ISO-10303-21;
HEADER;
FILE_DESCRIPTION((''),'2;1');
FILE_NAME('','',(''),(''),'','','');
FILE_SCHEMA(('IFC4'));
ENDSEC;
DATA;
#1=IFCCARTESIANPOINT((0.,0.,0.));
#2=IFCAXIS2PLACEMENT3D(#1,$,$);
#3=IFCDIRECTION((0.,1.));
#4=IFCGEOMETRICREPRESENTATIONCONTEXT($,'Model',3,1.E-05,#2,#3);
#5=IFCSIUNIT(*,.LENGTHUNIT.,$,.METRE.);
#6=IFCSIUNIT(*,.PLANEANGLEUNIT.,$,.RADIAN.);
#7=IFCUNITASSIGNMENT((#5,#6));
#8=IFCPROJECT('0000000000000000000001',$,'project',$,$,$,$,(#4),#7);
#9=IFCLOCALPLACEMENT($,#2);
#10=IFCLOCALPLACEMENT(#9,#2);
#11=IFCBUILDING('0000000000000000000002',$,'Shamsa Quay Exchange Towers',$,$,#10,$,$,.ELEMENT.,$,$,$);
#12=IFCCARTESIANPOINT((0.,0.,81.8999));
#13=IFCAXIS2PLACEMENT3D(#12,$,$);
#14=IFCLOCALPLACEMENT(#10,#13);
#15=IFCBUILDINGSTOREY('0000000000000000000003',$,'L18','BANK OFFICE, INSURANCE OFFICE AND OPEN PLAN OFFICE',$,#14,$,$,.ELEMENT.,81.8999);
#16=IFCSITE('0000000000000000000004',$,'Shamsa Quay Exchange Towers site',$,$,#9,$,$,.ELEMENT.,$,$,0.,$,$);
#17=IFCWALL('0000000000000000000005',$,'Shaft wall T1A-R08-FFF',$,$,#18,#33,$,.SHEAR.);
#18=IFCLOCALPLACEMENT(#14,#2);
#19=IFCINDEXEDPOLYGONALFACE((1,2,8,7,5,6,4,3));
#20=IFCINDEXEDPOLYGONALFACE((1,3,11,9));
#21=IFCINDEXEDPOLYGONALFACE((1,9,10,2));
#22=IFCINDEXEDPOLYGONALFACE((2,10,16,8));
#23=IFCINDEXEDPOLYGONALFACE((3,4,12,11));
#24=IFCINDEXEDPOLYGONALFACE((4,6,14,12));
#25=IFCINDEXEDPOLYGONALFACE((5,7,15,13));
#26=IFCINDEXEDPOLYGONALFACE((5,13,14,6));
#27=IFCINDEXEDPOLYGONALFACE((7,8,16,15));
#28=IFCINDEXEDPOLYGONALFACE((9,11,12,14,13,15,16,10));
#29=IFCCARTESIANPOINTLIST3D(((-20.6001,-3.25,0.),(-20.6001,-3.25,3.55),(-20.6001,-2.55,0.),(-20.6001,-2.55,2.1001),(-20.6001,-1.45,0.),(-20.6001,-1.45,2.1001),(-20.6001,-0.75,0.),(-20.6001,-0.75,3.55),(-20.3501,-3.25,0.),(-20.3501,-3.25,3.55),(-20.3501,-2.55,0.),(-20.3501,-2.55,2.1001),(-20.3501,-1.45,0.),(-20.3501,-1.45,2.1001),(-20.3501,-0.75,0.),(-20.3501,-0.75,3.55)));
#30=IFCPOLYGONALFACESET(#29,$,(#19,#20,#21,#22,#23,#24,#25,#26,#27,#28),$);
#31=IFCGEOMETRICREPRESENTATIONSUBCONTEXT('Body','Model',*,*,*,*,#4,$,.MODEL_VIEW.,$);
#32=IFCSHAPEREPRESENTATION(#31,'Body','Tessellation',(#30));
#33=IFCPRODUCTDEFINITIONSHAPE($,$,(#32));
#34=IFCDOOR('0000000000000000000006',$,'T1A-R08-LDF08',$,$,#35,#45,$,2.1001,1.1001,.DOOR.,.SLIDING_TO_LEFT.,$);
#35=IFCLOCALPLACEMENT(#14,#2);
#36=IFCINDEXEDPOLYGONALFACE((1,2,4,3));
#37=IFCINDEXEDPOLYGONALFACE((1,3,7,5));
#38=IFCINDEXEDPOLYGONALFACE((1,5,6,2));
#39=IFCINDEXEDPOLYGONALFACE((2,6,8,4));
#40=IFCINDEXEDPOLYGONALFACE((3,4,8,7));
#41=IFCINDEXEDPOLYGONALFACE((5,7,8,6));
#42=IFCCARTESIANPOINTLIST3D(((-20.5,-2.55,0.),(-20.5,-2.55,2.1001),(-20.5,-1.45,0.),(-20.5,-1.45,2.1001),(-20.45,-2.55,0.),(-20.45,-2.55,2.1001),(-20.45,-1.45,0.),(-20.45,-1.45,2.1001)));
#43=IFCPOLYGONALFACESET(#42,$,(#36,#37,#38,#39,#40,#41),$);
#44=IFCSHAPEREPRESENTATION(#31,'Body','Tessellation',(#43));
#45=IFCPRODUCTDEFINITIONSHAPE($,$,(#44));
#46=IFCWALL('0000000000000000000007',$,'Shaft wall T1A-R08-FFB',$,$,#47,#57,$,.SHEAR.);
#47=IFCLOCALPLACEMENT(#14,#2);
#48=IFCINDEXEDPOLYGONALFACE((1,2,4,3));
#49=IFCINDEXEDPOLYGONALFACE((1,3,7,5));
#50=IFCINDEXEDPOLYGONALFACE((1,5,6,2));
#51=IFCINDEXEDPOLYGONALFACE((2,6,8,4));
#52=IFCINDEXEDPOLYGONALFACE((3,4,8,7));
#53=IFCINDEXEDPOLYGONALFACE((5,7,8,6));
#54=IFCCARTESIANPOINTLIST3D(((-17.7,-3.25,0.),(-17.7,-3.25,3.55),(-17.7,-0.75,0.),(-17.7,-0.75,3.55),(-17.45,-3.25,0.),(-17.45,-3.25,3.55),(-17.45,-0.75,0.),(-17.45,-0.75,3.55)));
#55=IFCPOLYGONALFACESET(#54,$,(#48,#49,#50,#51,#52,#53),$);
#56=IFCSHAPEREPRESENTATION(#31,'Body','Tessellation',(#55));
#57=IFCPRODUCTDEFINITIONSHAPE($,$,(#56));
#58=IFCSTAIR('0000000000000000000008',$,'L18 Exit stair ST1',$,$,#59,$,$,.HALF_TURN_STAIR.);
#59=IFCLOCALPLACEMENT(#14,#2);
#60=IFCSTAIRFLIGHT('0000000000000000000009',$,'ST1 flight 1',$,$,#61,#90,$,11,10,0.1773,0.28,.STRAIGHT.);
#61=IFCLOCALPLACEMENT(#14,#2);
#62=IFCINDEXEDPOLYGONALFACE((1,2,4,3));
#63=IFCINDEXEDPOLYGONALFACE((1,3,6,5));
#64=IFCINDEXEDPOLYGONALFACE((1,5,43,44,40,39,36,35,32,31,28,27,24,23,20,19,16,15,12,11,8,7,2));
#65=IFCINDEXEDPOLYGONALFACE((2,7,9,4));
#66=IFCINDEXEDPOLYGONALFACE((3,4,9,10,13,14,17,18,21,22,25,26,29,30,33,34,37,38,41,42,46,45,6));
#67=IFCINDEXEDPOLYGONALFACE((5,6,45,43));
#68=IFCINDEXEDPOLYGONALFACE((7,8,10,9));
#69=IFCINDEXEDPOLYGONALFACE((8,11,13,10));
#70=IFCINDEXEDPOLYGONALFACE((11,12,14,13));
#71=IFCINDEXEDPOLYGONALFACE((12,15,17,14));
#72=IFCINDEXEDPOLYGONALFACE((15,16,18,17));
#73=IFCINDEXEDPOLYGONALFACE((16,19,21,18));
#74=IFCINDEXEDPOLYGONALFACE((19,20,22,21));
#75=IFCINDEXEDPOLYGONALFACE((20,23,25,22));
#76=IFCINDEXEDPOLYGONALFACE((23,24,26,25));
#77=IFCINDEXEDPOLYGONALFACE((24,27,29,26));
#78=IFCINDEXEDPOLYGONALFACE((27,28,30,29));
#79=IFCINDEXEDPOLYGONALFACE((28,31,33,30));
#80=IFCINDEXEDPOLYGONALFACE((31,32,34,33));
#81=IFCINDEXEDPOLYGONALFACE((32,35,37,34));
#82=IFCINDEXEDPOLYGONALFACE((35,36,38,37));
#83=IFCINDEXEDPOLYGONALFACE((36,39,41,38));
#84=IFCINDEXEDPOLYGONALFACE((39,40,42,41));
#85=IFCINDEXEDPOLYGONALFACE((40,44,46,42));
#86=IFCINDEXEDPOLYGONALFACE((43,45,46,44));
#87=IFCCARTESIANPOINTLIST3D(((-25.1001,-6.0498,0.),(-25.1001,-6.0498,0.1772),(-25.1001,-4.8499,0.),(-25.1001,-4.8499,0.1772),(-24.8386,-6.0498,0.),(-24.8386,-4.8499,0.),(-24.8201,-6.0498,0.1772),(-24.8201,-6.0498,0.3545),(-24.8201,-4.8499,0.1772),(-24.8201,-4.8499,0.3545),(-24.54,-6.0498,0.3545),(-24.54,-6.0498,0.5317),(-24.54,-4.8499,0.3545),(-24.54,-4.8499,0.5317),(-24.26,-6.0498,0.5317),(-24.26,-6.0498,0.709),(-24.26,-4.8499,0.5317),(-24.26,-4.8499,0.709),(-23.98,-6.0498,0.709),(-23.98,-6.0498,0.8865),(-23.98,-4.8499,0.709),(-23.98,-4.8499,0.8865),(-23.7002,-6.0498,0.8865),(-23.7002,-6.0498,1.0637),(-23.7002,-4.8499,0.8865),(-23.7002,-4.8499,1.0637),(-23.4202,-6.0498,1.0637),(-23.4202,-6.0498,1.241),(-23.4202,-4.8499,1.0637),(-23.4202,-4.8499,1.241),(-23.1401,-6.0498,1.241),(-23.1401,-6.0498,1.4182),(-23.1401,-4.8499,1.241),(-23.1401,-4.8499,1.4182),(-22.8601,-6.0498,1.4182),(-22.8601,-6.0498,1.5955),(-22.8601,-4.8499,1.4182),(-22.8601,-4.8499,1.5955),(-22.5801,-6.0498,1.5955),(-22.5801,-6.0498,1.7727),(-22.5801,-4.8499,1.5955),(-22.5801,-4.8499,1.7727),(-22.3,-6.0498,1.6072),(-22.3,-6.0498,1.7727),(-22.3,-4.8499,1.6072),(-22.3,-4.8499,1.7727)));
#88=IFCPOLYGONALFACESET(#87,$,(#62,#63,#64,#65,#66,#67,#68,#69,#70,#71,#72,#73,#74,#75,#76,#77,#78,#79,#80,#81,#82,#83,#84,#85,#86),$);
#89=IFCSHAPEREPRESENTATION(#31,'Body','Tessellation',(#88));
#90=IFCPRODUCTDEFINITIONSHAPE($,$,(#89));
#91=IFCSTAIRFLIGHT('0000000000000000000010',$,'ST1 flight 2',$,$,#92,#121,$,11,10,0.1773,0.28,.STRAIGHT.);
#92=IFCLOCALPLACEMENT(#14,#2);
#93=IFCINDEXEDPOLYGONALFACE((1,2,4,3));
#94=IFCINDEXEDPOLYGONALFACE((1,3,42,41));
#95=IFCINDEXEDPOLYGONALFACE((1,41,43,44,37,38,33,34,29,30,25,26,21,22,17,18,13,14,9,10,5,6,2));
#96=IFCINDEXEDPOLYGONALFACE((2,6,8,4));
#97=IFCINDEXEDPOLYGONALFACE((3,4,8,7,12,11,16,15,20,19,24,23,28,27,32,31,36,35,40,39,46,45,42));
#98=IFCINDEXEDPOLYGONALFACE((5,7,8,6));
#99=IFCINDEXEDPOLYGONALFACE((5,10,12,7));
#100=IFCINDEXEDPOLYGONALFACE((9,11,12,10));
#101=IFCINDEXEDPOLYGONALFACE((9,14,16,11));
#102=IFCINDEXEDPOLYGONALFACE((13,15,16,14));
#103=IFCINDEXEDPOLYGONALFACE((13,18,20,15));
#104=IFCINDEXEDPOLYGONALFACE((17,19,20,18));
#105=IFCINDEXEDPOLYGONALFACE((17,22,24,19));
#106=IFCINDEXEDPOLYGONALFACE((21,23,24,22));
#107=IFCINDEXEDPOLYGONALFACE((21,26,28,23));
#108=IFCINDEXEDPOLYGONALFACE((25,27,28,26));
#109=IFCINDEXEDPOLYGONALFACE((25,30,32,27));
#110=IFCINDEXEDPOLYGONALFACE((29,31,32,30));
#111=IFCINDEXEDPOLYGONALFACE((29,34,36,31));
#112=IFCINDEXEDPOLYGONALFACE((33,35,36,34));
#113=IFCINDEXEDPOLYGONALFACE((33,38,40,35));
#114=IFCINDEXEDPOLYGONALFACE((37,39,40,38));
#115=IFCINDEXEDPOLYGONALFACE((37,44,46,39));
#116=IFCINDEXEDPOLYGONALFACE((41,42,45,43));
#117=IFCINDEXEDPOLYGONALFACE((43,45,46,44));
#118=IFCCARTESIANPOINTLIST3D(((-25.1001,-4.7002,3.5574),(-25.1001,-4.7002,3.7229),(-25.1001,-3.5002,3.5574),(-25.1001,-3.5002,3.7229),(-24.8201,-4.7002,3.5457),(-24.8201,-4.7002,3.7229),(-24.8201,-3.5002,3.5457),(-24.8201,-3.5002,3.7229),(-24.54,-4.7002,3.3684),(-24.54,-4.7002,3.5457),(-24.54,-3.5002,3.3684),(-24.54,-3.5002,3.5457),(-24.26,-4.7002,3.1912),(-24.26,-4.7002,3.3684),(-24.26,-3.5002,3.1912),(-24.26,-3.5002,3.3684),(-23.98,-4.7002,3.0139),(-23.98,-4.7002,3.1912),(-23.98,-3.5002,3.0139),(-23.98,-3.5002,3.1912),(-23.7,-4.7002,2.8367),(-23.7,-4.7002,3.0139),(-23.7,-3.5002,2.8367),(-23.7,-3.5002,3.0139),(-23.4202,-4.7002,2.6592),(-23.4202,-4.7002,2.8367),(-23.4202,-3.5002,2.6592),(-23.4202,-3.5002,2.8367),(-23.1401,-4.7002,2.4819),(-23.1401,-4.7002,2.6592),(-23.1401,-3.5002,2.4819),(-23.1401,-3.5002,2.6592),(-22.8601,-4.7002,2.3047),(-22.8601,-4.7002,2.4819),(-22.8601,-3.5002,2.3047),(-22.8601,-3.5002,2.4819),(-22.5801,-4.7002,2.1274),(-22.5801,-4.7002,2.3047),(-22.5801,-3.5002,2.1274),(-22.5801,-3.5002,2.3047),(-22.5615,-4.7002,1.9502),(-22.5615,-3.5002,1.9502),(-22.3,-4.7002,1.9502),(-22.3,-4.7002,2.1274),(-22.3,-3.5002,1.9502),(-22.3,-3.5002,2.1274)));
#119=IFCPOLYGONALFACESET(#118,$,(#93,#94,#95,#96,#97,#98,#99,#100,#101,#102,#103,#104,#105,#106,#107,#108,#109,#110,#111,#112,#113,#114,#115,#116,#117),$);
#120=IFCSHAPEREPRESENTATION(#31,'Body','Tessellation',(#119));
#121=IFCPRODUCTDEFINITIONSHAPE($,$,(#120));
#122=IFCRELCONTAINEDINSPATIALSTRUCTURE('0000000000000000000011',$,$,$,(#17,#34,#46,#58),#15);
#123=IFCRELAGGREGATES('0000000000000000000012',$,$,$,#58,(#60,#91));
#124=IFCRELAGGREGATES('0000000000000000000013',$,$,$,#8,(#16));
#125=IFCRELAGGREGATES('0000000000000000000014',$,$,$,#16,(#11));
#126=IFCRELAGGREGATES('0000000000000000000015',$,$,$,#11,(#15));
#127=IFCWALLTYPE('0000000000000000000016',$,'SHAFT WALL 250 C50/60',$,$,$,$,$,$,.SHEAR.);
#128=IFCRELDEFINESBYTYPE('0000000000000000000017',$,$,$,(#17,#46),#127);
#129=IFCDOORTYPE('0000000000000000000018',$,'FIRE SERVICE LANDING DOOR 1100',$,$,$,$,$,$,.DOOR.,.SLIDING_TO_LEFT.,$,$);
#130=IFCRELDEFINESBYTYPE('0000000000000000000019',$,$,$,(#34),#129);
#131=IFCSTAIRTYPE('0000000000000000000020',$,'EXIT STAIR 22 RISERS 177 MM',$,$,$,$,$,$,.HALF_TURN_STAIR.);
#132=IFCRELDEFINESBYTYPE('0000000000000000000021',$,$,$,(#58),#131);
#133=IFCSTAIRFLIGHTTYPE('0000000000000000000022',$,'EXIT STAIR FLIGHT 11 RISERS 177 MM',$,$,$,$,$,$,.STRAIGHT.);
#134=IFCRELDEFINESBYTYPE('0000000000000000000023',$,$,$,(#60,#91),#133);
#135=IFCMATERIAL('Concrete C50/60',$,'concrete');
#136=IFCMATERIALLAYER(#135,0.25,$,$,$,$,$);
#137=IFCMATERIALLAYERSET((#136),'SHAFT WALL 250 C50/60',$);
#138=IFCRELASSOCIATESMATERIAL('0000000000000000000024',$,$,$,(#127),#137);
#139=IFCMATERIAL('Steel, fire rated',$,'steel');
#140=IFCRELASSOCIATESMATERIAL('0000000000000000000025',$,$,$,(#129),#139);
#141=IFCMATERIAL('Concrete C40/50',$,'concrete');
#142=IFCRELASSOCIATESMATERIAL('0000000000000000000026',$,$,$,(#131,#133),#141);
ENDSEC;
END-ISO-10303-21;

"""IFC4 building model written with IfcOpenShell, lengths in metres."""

from ifc_helpers import new_model, si_unit, direction, frame, frame_2d, origin, place, context, subcontext, project, spatial, polyline, rectangle, outline, extrude, material, layer, layer_set, type_object, element, fill, aggregate, save


model = new_model("IFC4")

# Units and contexts
model_context = context("Model", 3, precision=1e-05, world=origin(), true_north=direction((0.0, 1.0)))
body_context = subcontext(model_context, "Body", "Model", "MODEL_VIEW")
ifc_project = project(units=[si_unit("LENGTHUNIT", "METRE"), si_unit("PLANEANGLEUNIT", "RADIAN")], contexts=[model_context])

# Site, building, storey
site_placement = place(None, origin())
site = spatial("IfcSite", under=ifc_project, at=site_placement, Name="Shamsa Quay Exchange Towers site", CompositionType="ELEMENT", RefElevation=0.0)
building_placement = place(site_placement, origin())
building = spatial("IfcBuilding", under=site, at=building_placement, Name="Shamsa Quay Exchange Towers", CompositionType="ELEMENT")
storey_placement = place(building_placement, frame((0.0, 0.0, 81.8999)))
storey = spatial("IfcBuildingStorey", under=building, at=storey_placement, Name="L18", Description="BANK OFFICE, INSURANCE OFFICE AND OPEN PLAN OFFICE", CompositionType="ELEMENT", Elevation=81.8999)

# Shared definitions
ifc_material_1 = material(Name="Concrete C50/60", Category="concrete")
ifc_layer_1 = layer(ifc_material_1, 0.25)
ifc_layer_set_1 = layer_set([ifc_layer_1], Name="SHAFT WALL 250 C50/60")
wall_type_1 = type_object("IfcWallType", Name="SHAFT WALL 250 C50/60", PredefinedType="SHEAR", material=ifc_layer_set_1)

# Wall, opening, door
wall_1_placement = place(storey_placement, frame((-20.4751, -3.25, 0.0), z_axis=(0.0, 0.0, 1.0), x_axis=(0.0, 1.0, 0.0)))
wall_1 = element("IfcWall", 1, at=wall_1_placement, inside=storey, type_object=wall_type_1, Name="Shaft wall T1A-R08-FFF", PredefinedType="SHEAR", context=body_context, shape_type="SweptSolid", body=[
    extrude(rectangle(XDim=2.5, YDim=0.25, at=frame_2d((1.25, 0.0))), origin(), (0.0, 0.0, 1.0), 3.55),
])
opening_1_placement = place(wall_1_placement, frame((0.7, 0.0, 0.0)))
opening_1 = element("IfcOpeningElement", 2, at=opening_1_placement, cuts=wall_1, PredefinedType="OPENING", context=body_context, shape_type="SweptSolid", body=[
    extrude(rectangle(XDim=1.1001, YDim=2.1001, at=frame_2d((0.55, 1.05))), frame((0.0, 0.135, 0.0), z_axis=(0.0, -1.0, 0.0), x_axis=(1.0, 0.0, 0.0)), (0.0, 0.0, 1.0), 0.27),
])
ifc_material_2 = material(Name="Steel, fire rated", Category="steel")
door_type_1 = type_object("IfcDoorType", Name="FIRE SERVICE LANDING DOOR 1100", OperationType="SLIDING_TO_LEFT", PredefinedType="DOOR", material=ifc_material_2)
door_1_placement = place(opening_1_placement, origin())
door_1 = element("IfcDoor", 3, at=door_1_placement, inside=storey, type_object=door_type_1, Name="T1A-R08-LDF08", OperationType="SLIDING_TO_LEFT", OverallHeight=2.1001, OverallWidth=1.1001, PredefinedType="DOOR", context=body_context, shape_type="SweptSolid", body=[
    extrude(rectangle(XDim=1.1001, YDim=2.1001, at=frame_2d((0.55, 1.05))), frame((0.0, 0.0249, 0.0), z_axis=(0.0, -1.0, 0.0), x_axis=(1.0, 0.0, 0.0)), (0.0, 0.0, 1.0), 0.05),
])
fill(opening_1, door_1)

# Wall
wall_2_placement = place(storey_placement, frame((-17.575, -3.25, 0.0), z_axis=(0.0, 0.0, 1.0), x_axis=(0.0, 1.0, 0.0)))
element("IfcWall", 4, at=wall_2_placement, inside=storey, type_object=wall_type_1, Name="Shaft wall T1A-R08-FFB", PredefinedType="SHEAR", context=body_context, shape_type="SweptSolid", body=[
    extrude(rectangle(XDim=2.5, YDim=0.25, at=frame_2d((1.25, 0.0))), origin(), (0.0, 0.0, 1.0), 3.55),
])

# Stair, stair flights
ifc_material_3 = material(Name="Concrete C40/50", Category="concrete")
stair_type = type_object("IfcStairType", Name="EXIT STAIR 22 RISERS 177 MM", PredefinedType="HALF_TURN_STAIR", material=ifc_material_3)
stair_placement = place(storey_placement, origin())
stair = element("IfcStair", 5, at=stair_placement, inside=storey, type_object=stair_type, Name="L18 Exit stair ST1", PredefinedType="HALF_TURN_STAIR")
stair_flight_type = type_object("IfcStairFlightType", Name="EXIT STAIR FLIGHT 11 RISERS 177 MM", PredefinedType="STRAIGHT", material=ifc_material_3)
stair_flight_1_placement = place(storey_placement, frame((-25.1001, -5.45, 0.0)))
stair_flight_1 = element("IfcStairFlight", 6, at=stair_flight_1_placement, type_object=stair_flight_type, Name="ST1 flight 1", NumberOfRisers=11, NumberOfTreads=10, PredefinedType="STRAIGHT", RiserHeight=0.1773, TreadLength=0.28, context=body_context, shape_type="SweptSolid", body=[
    extrude(outline(polyline([(0.0, 0.0), (0.0, 0.1772), (0.28, 0.1772), (0.28, 0.3545), (0.5601, 0.3545), (0.5601, 0.5317), (0.8401, 0.5317), (0.8401, 0.709), (1.1201, 0.709), (1.1201, 0.8865), (1.3999, 0.8865), (1.3999, 1.0637), (1.6799, 1.0637), (1.6799, 1.241), (1.96, 1.241), (1.96, 1.4182), (2.24, 1.4182), (2.24, 1.5955), (2.52, 1.5955), (2.52, 1.7727), (2.8, 1.7727), (2.8, 1.95), (2.8, 1.6072), (0.2615, 0.0), (0.0, 0.0)])), frame((0.0, 0.6001, 0.0), z_axis=(0.0, -1.0, 0.0), x_axis=(1.0, 0.0, 0.0)), (0.0, 0.0, 1.0), 1.2),
])
stair_flight_2_placement = place(storey_placement, frame((-22.3, -4.1001, 1.9502), z_axis=(0.0, 0.0, 1.0), x_axis=(-1.0, 0.0, 0.0)))
stair_flight_2 = element("IfcStairFlight", 7, at=stair_flight_2_placement, type_object=stair_flight_type, Name="ST1 flight 2", NumberOfRisers=11, NumberOfTreads=10, PredefinedType="STRAIGHT", RiserHeight=0.1773, TreadLength=0.28, context=body_context, shape_type="SweptSolid", body=[
    extrude(outline(polyline([(0.0, 0.0), (0.0, 0.1772), (0.28, 0.1772), (0.28, 0.3545), (0.5601, 0.3545), (0.5601, 0.5317), (0.8401, 0.5317), (0.8401, 0.709), (1.1201, 0.709), (1.1201, 0.8865), (1.3999, 0.8865), (1.3999, 1.0637), (1.6799, 1.0637), (1.6799, 1.241), (1.96, 1.241), (1.96, 1.4182), (2.24, 1.4182), (2.24, 1.5955), (2.52, 1.5955), (2.52, 1.7727), (2.8, 1.7727), (2.8, 1.95), (2.8, 1.6072), (0.2615, 0.0), (0.0, 0.0)])), frame((0.0, 0.6001, 0.0), z_axis=(0.0, -1.0, 0.0), x_axis=(1.0, 0.0, 0.0)), (0.0, 0.0, 1.0), 1.2),
])
aggregate(stair, [stair_flight_1, stair_flight_2])

save(model, "model.ifc")
